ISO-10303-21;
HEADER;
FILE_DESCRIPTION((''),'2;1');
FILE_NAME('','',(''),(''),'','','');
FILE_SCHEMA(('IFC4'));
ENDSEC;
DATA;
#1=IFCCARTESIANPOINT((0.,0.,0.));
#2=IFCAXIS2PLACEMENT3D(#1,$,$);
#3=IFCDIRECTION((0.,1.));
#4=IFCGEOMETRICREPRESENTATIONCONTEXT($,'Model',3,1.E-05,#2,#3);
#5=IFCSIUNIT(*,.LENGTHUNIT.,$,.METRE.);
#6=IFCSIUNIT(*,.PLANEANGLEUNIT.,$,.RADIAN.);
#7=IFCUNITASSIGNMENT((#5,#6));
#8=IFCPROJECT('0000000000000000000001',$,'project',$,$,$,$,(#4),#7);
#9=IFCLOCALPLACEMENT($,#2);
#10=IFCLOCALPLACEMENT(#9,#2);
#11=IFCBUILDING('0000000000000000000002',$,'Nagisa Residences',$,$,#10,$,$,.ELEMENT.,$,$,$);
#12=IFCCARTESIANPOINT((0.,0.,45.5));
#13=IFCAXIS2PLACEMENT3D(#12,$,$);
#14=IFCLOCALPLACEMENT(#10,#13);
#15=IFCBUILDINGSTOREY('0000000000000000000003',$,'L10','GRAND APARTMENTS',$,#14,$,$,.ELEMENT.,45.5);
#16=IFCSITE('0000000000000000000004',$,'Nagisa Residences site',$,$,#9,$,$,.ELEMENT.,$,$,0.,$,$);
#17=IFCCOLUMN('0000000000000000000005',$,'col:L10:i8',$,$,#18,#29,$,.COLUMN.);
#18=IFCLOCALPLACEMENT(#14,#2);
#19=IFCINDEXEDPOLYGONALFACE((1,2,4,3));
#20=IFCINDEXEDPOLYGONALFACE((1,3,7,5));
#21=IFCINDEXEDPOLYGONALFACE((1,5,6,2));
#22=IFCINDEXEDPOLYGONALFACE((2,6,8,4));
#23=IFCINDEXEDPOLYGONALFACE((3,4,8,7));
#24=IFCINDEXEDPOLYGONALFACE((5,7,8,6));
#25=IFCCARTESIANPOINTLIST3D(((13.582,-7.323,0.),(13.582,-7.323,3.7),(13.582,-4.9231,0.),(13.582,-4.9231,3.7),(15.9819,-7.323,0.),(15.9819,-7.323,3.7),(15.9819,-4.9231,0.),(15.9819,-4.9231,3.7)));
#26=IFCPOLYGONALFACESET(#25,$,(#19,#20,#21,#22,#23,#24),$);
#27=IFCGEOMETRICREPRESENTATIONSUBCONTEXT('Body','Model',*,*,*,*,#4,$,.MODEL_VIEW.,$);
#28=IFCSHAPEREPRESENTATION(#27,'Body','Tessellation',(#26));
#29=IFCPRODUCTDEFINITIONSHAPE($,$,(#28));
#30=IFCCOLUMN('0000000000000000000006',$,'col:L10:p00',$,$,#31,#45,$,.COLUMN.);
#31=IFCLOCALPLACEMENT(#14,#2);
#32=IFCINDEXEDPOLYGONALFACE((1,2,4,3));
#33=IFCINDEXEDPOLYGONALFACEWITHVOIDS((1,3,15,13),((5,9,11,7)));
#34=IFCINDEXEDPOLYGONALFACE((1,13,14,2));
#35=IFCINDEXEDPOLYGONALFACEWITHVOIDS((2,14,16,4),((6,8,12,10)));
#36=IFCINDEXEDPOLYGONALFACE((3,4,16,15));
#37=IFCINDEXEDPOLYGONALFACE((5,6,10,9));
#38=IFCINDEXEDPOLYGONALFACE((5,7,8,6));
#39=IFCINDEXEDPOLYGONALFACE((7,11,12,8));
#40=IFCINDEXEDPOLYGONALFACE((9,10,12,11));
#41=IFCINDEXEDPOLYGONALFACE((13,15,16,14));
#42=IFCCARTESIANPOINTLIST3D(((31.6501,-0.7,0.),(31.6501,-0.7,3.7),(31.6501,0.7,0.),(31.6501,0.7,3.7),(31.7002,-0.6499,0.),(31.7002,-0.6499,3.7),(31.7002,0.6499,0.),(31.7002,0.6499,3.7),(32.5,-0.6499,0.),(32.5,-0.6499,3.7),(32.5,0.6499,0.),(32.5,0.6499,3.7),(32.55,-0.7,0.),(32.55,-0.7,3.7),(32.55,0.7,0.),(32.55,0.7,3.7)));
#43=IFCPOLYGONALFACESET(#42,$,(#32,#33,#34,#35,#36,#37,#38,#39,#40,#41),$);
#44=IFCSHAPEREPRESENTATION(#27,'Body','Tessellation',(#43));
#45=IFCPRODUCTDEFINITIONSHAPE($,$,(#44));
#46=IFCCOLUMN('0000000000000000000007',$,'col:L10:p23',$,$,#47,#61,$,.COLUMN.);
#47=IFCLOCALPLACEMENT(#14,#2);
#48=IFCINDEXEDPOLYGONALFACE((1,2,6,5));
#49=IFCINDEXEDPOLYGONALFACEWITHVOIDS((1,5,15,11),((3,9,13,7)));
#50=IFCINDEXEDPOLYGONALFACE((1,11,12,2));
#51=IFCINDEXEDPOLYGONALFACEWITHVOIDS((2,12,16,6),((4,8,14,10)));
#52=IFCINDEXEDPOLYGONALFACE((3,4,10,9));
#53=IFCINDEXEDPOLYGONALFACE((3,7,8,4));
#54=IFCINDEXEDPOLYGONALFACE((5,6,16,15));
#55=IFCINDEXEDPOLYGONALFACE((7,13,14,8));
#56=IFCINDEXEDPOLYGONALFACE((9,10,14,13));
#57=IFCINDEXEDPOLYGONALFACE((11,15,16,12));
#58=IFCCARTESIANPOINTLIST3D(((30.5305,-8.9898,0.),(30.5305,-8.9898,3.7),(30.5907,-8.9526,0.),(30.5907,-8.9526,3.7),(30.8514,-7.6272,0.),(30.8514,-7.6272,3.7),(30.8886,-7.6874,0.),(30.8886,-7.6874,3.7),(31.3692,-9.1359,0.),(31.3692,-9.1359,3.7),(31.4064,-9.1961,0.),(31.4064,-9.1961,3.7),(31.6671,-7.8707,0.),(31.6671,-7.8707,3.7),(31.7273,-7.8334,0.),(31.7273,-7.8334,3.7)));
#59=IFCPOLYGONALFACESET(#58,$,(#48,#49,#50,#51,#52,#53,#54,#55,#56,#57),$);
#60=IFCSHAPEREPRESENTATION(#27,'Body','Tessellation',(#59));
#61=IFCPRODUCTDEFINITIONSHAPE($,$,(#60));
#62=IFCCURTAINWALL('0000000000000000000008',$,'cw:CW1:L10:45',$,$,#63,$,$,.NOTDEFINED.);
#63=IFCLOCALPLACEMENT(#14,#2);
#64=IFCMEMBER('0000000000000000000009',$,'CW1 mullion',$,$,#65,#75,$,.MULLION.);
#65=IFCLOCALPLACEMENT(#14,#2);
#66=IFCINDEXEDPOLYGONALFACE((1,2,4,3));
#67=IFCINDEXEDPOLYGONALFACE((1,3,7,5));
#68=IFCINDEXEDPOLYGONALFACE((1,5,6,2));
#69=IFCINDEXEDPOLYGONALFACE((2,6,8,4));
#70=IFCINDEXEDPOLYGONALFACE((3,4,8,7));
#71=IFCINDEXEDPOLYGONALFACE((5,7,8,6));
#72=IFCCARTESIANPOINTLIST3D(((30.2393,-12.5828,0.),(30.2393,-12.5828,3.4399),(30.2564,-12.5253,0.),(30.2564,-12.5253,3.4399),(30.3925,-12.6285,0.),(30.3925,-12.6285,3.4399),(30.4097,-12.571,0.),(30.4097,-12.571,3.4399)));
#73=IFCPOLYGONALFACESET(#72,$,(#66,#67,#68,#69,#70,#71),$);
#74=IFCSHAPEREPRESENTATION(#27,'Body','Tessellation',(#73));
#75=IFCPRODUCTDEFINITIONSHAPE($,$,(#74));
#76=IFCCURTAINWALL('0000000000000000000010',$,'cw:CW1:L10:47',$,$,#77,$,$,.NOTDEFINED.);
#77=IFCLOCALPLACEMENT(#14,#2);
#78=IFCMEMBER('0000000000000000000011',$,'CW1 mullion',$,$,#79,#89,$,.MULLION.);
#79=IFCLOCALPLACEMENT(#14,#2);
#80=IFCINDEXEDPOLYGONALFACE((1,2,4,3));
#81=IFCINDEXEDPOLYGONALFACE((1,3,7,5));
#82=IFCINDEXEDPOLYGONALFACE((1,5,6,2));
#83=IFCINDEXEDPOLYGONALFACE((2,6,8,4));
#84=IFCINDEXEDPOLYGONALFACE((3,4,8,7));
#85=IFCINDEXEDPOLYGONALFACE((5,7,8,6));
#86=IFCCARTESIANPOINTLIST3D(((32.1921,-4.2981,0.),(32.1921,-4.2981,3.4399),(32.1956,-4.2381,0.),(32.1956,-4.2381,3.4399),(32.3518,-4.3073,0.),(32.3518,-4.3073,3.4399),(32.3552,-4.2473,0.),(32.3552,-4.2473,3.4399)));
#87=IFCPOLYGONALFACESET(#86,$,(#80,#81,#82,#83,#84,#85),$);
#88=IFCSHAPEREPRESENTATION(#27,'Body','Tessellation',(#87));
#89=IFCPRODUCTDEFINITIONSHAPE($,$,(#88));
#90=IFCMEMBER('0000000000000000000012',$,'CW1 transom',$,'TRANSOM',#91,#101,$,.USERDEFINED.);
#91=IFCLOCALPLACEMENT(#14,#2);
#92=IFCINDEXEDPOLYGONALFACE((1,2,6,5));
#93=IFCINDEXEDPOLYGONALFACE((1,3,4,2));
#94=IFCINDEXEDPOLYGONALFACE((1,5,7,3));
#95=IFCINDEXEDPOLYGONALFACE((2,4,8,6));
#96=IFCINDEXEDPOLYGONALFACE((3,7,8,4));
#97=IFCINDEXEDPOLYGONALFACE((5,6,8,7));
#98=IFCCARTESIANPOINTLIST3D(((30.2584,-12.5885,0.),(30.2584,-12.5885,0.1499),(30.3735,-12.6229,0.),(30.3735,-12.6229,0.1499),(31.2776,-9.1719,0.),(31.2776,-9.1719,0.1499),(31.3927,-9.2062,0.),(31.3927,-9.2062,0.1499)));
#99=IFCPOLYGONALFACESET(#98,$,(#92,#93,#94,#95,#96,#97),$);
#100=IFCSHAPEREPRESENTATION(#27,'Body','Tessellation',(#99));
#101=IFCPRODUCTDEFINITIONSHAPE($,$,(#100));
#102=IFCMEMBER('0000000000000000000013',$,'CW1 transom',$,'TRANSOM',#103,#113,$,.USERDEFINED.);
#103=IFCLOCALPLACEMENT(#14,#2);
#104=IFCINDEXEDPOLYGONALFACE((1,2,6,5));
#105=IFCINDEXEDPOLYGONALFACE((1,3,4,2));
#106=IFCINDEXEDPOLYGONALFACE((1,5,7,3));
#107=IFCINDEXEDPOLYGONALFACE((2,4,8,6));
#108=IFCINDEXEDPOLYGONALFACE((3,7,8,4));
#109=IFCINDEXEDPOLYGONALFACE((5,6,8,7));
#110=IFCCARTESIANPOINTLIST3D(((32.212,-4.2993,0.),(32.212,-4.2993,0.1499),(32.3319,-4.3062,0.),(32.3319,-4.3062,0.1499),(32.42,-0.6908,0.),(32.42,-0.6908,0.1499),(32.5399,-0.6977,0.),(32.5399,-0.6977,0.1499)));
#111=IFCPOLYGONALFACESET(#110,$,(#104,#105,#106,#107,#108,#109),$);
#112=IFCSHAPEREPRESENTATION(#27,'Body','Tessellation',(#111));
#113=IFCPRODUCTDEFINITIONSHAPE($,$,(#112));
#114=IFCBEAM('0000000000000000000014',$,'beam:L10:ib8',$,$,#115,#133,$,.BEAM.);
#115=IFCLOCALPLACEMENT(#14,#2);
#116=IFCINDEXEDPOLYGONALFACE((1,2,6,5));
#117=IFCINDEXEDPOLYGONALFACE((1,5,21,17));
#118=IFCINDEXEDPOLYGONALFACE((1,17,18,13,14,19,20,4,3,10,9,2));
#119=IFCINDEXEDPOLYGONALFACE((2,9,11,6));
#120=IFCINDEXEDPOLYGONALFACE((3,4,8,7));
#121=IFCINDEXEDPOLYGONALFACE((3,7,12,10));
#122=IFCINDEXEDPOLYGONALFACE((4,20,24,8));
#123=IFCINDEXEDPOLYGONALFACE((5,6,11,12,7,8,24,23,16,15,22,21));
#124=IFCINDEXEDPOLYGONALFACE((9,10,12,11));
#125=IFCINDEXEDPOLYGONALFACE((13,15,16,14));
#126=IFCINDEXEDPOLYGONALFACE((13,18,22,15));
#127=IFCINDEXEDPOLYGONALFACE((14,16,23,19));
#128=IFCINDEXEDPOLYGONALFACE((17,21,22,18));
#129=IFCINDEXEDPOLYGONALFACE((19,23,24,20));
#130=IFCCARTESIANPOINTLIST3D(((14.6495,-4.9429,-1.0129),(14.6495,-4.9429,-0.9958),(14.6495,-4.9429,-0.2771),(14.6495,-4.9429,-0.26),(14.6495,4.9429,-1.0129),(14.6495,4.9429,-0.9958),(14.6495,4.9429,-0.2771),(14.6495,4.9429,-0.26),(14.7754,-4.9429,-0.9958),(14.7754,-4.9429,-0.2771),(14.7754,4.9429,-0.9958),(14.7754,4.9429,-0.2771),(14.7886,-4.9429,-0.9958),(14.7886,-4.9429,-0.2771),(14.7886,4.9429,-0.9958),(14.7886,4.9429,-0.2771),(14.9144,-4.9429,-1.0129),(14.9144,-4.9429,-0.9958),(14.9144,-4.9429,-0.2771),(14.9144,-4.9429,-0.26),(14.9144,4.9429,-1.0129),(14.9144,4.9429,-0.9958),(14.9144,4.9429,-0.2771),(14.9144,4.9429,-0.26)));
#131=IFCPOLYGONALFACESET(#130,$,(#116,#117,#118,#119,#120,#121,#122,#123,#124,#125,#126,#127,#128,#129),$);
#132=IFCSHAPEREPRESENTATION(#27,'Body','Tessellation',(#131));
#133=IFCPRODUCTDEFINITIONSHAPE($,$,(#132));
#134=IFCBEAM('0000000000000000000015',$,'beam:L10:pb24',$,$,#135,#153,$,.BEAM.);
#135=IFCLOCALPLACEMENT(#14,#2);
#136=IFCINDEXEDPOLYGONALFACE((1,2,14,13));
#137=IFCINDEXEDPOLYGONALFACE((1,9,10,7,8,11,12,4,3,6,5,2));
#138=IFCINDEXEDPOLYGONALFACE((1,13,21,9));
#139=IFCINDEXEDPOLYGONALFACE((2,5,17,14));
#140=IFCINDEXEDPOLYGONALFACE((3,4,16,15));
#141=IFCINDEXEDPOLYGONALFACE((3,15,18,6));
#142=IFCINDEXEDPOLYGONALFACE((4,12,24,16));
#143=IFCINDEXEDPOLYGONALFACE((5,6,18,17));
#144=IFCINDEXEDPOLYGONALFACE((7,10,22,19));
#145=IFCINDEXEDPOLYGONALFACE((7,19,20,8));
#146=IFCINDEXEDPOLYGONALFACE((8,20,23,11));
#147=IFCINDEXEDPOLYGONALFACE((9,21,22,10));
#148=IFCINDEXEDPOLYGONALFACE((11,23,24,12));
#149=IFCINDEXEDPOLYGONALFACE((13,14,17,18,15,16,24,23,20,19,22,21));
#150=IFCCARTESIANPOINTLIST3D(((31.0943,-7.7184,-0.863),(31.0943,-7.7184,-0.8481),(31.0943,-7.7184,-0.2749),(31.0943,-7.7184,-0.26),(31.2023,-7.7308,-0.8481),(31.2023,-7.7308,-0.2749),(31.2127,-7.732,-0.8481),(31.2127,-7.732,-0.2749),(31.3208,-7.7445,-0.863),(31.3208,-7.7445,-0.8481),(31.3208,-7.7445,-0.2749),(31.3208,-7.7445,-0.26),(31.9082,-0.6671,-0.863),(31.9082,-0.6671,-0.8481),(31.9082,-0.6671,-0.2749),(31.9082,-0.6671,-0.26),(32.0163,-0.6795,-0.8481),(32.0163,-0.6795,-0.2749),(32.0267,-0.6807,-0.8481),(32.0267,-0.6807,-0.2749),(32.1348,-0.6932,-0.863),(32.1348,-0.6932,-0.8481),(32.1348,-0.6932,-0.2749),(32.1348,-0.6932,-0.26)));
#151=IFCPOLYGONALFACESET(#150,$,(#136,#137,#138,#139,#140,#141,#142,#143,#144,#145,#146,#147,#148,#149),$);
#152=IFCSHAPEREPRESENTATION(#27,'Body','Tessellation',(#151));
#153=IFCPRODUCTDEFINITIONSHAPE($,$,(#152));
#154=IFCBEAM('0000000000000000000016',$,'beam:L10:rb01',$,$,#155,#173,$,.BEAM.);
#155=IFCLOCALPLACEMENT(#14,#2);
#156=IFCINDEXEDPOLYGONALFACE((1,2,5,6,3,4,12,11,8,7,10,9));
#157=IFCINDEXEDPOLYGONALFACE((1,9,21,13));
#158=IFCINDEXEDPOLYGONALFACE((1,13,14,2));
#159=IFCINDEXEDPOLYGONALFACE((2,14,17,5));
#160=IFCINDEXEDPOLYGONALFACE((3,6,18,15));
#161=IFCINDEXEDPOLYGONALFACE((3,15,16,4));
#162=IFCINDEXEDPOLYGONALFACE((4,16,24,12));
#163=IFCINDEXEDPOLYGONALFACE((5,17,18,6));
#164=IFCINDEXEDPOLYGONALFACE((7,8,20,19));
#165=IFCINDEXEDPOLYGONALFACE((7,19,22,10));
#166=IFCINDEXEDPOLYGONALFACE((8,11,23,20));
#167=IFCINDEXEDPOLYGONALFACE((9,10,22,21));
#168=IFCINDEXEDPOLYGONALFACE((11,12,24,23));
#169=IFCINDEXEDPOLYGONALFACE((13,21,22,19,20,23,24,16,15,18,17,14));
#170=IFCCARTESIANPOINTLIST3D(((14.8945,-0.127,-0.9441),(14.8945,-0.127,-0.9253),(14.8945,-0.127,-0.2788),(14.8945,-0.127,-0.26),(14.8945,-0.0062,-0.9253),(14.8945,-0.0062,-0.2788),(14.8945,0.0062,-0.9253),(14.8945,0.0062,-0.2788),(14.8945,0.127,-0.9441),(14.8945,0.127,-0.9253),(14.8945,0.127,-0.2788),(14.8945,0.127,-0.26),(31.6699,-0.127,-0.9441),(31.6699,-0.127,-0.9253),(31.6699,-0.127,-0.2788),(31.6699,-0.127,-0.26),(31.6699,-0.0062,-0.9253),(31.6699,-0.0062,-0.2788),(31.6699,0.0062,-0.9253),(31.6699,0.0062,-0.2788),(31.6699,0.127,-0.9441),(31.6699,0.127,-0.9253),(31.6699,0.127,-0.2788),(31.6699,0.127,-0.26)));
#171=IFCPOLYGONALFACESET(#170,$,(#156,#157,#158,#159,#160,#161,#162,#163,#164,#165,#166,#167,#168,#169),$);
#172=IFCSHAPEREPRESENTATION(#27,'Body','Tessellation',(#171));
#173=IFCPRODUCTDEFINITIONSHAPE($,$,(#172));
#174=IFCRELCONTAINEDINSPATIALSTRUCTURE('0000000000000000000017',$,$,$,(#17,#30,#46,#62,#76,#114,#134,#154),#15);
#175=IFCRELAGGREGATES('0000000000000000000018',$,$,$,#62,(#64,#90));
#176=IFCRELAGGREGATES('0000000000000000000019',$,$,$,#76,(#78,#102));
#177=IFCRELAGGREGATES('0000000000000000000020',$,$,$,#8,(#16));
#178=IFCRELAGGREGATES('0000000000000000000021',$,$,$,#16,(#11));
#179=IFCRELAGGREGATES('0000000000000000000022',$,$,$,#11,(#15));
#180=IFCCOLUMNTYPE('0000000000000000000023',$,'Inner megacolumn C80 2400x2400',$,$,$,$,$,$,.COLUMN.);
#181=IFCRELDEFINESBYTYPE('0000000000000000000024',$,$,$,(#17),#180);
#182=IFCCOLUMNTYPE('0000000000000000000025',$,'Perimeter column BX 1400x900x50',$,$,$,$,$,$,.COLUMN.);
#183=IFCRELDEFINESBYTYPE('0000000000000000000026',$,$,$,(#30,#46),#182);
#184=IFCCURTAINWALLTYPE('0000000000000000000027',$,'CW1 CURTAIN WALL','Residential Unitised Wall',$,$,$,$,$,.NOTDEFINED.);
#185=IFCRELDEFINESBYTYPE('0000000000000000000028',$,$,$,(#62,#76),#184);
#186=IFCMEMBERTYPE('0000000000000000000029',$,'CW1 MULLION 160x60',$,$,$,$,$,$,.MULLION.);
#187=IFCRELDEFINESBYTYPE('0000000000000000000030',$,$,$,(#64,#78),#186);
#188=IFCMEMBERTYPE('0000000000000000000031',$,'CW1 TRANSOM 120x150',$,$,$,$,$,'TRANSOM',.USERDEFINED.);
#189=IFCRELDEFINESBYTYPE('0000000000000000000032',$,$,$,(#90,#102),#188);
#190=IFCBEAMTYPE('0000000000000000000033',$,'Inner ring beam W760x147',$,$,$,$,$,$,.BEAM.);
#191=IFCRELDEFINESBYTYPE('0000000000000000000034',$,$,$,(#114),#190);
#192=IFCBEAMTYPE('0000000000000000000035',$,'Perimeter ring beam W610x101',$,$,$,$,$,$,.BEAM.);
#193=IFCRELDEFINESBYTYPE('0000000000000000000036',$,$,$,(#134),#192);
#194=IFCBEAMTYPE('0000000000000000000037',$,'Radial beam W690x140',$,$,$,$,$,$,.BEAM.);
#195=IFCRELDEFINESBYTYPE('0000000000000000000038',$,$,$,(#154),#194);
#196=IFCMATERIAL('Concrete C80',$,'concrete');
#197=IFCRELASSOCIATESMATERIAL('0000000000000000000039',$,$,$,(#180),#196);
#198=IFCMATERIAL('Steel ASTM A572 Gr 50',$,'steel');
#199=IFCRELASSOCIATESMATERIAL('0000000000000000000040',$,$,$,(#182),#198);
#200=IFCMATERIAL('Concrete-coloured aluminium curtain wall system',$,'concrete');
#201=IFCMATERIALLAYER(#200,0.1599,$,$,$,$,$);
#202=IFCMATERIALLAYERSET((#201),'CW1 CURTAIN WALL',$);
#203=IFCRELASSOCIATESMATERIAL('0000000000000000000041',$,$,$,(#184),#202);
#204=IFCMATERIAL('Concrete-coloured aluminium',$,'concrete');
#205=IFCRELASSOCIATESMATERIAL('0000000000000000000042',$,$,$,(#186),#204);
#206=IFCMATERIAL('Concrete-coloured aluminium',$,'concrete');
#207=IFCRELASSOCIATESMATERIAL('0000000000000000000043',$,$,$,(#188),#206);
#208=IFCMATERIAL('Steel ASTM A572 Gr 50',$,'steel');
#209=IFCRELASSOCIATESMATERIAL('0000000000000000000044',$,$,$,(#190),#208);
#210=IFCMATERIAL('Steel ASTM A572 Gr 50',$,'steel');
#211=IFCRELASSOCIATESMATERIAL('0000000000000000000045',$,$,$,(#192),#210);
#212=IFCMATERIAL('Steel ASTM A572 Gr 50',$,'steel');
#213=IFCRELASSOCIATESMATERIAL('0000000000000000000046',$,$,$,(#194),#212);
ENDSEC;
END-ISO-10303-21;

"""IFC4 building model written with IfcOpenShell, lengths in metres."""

from ifc_helpers import new_model, si_unit, direction, frame, origin, origin_2d, place, context, subcontext, project, spatial, rectangle, hollow_rectangle, i_section, extrude, material, layer, layer_set, material_profile, profile_set, type_object, element, aggregate, save


model = new_model("IFC4")

# Units and contexts
model_context = context("Model", 3, precision=1e-05, world=origin(), true_north=direction((0.0, 1.0)))
body_context = subcontext(model_context, "Body", "Model", "MODEL_VIEW")
ifc_project = project(units=[si_unit("LENGTHUNIT", "METRE"), si_unit("PLANEANGLEUNIT", "RADIAN")], contexts=[model_context])

# Site, building, storey
site_placement = place(None, origin())
site = spatial("IfcSite", under=ifc_project, at=site_placement, Name="Nagisa Residences site", CompositionType="ELEMENT", RefElevation=0.0)
building_placement = place(site_placement, origin())
building = spatial("IfcBuilding", under=site, at=building_placement, Name="Nagisa Residences", CompositionType="ELEMENT")
storey_placement = place(building_placement, frame((0.0, 0.0, 45.5)))
storey = spatial("IfcBuildingStorey", under=building, at=storey_placement, Name="L10", Description="GRAND APARTMENTS", CompositionType="ELEMENT", Elevation=45.5)

# Columns
ifc_material_1 = material(Name="Concrete C80", Category="concrete")
ifc_material_profile_1 = material_profile(ifc_material_1, rectangle(XDim=2.3999, YDim=2.3999, at=origin_2d()), Name="C80 2400x2400")
ifc_profile_set_1 = profile_set([ifc_material_profile_1], Name="Concrete C80")
column_type_1 = type_object("IfcColumnType", Name="Inner megacolumn C80 2400x2400", PredefinedType="COLUMN", material=ifc_profile_set_1)
column_placement = place(storey_placement, frame((14.782, -6.123, 0.0), z_axis=(0.0, 0.0, 1.0), x_axis=(1.0, 0.0, 0.0)))
element("IfcColumn", 1, at=column_placement, inside=storey, type_object=column_type_1, Name="col:L10:i8", PredefinedType="COLUMN", context=body_context, shape_type="SweptSolid", body=[
    extrude(rectangle(XDim=2.3999, YDim=2.3999, at=origin_2d()), origin(), (0.0, 0.0, 1.0), 3.7),
])
ifc_material_2 = material(Name="Steel ASTM A572 Gr 50", Category="steel")
ifc_material_profile_2 = material_profile(ifc_material_2, hollow_rectangle(XDim=1.3999, YDim=0.8999, WallThickness=0.05, at=origin_2d()), Name="BX 1400x900x50")
ifc_profile_set_2 = profile_set([ifc_material_profile_2], Name="Steel ASTM A572 Gr 50")
column_type_2 = type_object("IfcColumnType", Name="Perimeter column BX 1400x900x50", PredefinedType="COLUMN", material=ifc_profile_set_2)
for number, where, z_axis, x_axis, name in (
    (2, (32.1001, 0.0, 0.0), (0.0, 0.0, 1.0), (0.0, 1.0, 0.0), "col:L10:p00"),
    (3, (31.1289, -8.4116, 0.0), (0.0, 0.0, 1.0), (0.229202, 0.973379, 0.0), "col:L10:p23"),
):
    element("IfcColumn", number, at=place(storey_placement, frame(where, z_axis=z_axis, x_axis=x_axis)), inside=storey, type_object=column_type_2, Name=name, PredefinedType="COLUMN", context=body_context, shape_type="SweptSolid", body=[
        extrude(hollow_rectangle(XDim=1.3999, YDim=0.8999, WallThickness=0.05, at=origin_2d()), origin(), (0.0, 0.0, 1.0), 3.7),
    ])

# Curtain walls, members
ifc_material_3 = material(Name="Concrete-coloured aluminium curtain wall system", Category="concrete")
ifc_layer_1 = layer(ifc_material_3, 0.1599)
ifc_layer_set_1 = layer_set([ifc_layer_1], Name="CW1 CURTAIN WALL")
curtain_wall_type = type_object("IfcCurtainWallType", Name="CW1 CURTAIN WALL", Description="Residential Unitised Wall", PredefinedType="NOTDEFINED", material=ifc_layer_set_1)
curtain_wall_1_placement = place(storey_placement, origin())
curtain_wall_1 = element("IfcCurtainWall", 4, at=curtain_wall_1_placement, inside=storey, type_object=curtain_wall_type, Name="cw:CW1:L10:45", PredefinedType="NOTDEFINED")
ifc_material_4 = material(Name="Concrete-coloured aluminium", Category="concrete")
ifc_material_profile_3 = material_profile(ifc_material_4, rectangle(XDim=0.1599, YDim=0.0601, at=origin_2d()), Name="CW1 MULLION 160x60")
ifc_profile_set_3 = profile_set([ifc_material_profile_3], Name="Concrete-coloured aluminium")
member_type_1 = type_object("IfcMemberType", Name="CW1 MULLION 160x60", PredefinedType="MULLION", material=ifc_profile_set_3)
member_1_placement = place(storey_placement, frame((30.3245, -12.5769, 0.0), z_axis=(0.0, 0.0, 1.0), x_axis=(-0.958271, 0.28586, 0.0)))
member_1 = element("IfcMember", 5, at=member_1_placement, type_object=member_type_1, Name="CW1 mullion", PredefinedType="MULLION", context=body_context, shape_type="SweptSolid", body=[
    extrude(rectangle(XDim=0.1599, YDim=0.0601, at=origin_2d()), origin(), (0.0, 0.0, 1.0), 3.4399),
])
curtain_wall_2_placement = place(storey_placement, origin())
curtain_wall_2 = element("IfcCurtainWall", 6, at=curtain_wall_2_placement, inside=storey, type_object=curtain_wall_type, Name="cw:CW1:L10:47", PredefinedType="NOTDEFINED")
member_2_placement = place(storey_placement, frame((32.2737, -4.2727, 0.0), z_axis=(0.0, 0.0, 1.0), x_axis=(-0.998345, 0.057503, 0.0)))
member_2 = element("IfcMember", 7, at=member_2_placement, type_object=member_type_1, Name="CW1 mullion", PredefinedType="MULLION", context=body_context, shape_type="SweptSolid", body=[
    extrude(rectangle(XDim=0.1599, YDim=0.0601, at=origin_2d()), origin(), (0.0, 0.0, 1.0), 3.4399),
])

# Members
ifc_material_5 = material(Name="Concrete-coloured aluminium", Category="concrete")
ifc_material_profile_4 = material_profile(ifc_material_5, rectangle(XDim=0.1201, YDim=0.1499, at=origin_2d()), Name="CW1 TRANSOM 120x150")
ifc_profile_set_4 = profile_set([ifc_material_profile_4], Name="Concrete-coloured aluminium")
member_type_2 = type_object("IfcMemberType", Name="CW1 TRANSOM 120x150", ElementType="TRANSOM", PredefinedType="USERDEFINED", material=ifc_profile_set_4)
member_3_placement = place(storey_placement, frame((30.3159, -12.6057, 0.075), z_axis=(0.285871, 0.958268, 0.0), x_axis=(-0.958268, 0.285871, 0.0)))
member_3 = element("IfcMember", 8, at=member_3_placement, type_object=member_type_2, Name="CW1 transom", ObjectType="TRANSOM", PredefinedType="USERDEFINED", context=body_context, shape_type="SweptSolid", body=[
    extrude(rectangle(XDim=0.1201, YDim=0.1499, at=origin_2d()), origin(), (0.0, 0.0, 1.0), 3.5654),
])
member_4_placement = place(storey_placement, frame((32.272, -4.3027, 0.075), z_axis=(0.05755, 0.998343, 0.0), x_axis=(-0.998343, 0.05755, 0.0)))
member_4 = element("IfcMember", 9, at=member_4_placement, type_object=member_type_2, Name="CW1 transom", ObjectType="TRANSOM", PredefinedType="USERDEFINED", context=body_context, shape_type="SweptSolid", body=[
    extrude(rectangle(XDim=0.1201, YDim=0.1499, at=origin_2d()), origin(), (0.0, 0.0, 1.0), 3.6145),
])

# Beams
ifc_material_6 = material(Name="Steel ASTM A572 Gr 50", Category="steel")
ifc_material_profile_5 = material_profile(ifc_material_6, i_section(OverallWidth=0.2649, OverallDepth=0.7529, WebThickness=0.0132, FlangeThickness=0.0171, at=origin_2d()), Name="W760x147")
ifc_profile_set_5 = profile_set([ifc_material_profile_5], Name="Steel ASTM A572 Gr 50")
beam_type_1 = type_object("IfcBeamType", Name="Inner ring beam W760x147", PredefinedType="BEAM", material=ifc_profile_set_5)
beam_1_placement = place(storey_placement, frame((14.782, -4.9429, -0.6365), z_axis=(0.0, 1.0, 0.0), x_axis=(-1.0, 0.0, 0.0)))
element("IfcBeam", 10, at=beam_1_placement, inside=storey, type_object=beam_type_1, Name="beam:L10:ib8", PredefinedType="BEAM", context=body_context, shape_type="SweptSolid", body=[
    extrude(i_section(OverallWidth=0.2649, OverallDepth=0.7529, WebThickness=0.0132, FlangeThickness=0.0171, at=origin_2d()), origin(), (0.0, 0.0, 1.0), 9.8857),
])
ifc_material_7 = material(Name="Steel ASTM A572 Gr 50", Category="steel")
ifc_material_profile_6 = material_profile(ifc_material_7, i_section(OverallWidth=0.228, OverallDepth=0.603, WebThickness=0.0105, FlangeThickness=0.0149, at=origin_2d()), Name="W610x101")
ifc_profile_set_6 = profile_set([ifc_material_profile_6], Name="Steel ASTM A572 Gr 50")
beam_type_2 = type_object("IfcBeamType", Name="Perimeter ring beam W610x101", PredefinedType="BEAM", material=ifc_profile_set_6)
beam_2_placement = place(storey_placement, frame((31.2075, -7.7314, -0.5615), z_axis=(0.114674, 0.993403, 0.0), x_axis=(-0.993403, 0.114674, 0.0)))
element("IfcBeam", 11, at=beam_2_placement, inside=storey, type_object=beam_type_2, Name="beam:L10:pb24", PredefinedType="BEAM", context=body_context, shape_type="SweptSolid", body=[
    extrude(i_section(OverallWidth=0.228, OverallDepth=0.603, WebThickness=0.0105, FlangeThickness=0.0149, at=origin_2d()), origin(), (0.0, 0.0, 1.0), 7.0981),
])
ifc_material_8 = material(Name="Steel ASTM A572 Gr 50", Category="steel")
ifc_material_profile_7 = material_profile(ifc_material_8, i_section(OverallWidth=0.2539, OverallDepth=0.6841, WebThickness=0.0125, FlangeThickness=0.0188, at=origin_2d()), Name="W690x140")
ifc_profile_set_7 = profile_set([ifc_material_profile_7], Name="Steel ASTM A572 Gr 50")
beam_type_3 = type_object("IfcBeamType", Name="Radial beam W690x140", PredefinedType="BEAM", material=ifc_profile_set_7)
beam_3_placement = place(storey_placement, frame((31.6699, 0.0, -0.6021), z_axis=(-1.0, 0.0, 0.0), x_axis=(0.0, -1.0, 0.0)))
element("IfcBeam", 12, at=beam_3_placement, inside=storey, type_object=beam_type_3, Name="beam:L10:rb01", PredefinedType="BEAM", context=body_context, shape_type="SweptSolid", body=[
    extrude(i_section(OverallWidth=0.2539, OverallDepth=0.6841, WebThickness=0.0125, FlangeThickness=0.0188, at=origin_2d()), origin(), (0.0, 0.0, 1.0), 16.7754),
])

aggregate(curtain_wall_1, [member_1, member_3])
aggregate(curtain_wall_2, [member_2, member_4])

save(model, "model.ifc")
